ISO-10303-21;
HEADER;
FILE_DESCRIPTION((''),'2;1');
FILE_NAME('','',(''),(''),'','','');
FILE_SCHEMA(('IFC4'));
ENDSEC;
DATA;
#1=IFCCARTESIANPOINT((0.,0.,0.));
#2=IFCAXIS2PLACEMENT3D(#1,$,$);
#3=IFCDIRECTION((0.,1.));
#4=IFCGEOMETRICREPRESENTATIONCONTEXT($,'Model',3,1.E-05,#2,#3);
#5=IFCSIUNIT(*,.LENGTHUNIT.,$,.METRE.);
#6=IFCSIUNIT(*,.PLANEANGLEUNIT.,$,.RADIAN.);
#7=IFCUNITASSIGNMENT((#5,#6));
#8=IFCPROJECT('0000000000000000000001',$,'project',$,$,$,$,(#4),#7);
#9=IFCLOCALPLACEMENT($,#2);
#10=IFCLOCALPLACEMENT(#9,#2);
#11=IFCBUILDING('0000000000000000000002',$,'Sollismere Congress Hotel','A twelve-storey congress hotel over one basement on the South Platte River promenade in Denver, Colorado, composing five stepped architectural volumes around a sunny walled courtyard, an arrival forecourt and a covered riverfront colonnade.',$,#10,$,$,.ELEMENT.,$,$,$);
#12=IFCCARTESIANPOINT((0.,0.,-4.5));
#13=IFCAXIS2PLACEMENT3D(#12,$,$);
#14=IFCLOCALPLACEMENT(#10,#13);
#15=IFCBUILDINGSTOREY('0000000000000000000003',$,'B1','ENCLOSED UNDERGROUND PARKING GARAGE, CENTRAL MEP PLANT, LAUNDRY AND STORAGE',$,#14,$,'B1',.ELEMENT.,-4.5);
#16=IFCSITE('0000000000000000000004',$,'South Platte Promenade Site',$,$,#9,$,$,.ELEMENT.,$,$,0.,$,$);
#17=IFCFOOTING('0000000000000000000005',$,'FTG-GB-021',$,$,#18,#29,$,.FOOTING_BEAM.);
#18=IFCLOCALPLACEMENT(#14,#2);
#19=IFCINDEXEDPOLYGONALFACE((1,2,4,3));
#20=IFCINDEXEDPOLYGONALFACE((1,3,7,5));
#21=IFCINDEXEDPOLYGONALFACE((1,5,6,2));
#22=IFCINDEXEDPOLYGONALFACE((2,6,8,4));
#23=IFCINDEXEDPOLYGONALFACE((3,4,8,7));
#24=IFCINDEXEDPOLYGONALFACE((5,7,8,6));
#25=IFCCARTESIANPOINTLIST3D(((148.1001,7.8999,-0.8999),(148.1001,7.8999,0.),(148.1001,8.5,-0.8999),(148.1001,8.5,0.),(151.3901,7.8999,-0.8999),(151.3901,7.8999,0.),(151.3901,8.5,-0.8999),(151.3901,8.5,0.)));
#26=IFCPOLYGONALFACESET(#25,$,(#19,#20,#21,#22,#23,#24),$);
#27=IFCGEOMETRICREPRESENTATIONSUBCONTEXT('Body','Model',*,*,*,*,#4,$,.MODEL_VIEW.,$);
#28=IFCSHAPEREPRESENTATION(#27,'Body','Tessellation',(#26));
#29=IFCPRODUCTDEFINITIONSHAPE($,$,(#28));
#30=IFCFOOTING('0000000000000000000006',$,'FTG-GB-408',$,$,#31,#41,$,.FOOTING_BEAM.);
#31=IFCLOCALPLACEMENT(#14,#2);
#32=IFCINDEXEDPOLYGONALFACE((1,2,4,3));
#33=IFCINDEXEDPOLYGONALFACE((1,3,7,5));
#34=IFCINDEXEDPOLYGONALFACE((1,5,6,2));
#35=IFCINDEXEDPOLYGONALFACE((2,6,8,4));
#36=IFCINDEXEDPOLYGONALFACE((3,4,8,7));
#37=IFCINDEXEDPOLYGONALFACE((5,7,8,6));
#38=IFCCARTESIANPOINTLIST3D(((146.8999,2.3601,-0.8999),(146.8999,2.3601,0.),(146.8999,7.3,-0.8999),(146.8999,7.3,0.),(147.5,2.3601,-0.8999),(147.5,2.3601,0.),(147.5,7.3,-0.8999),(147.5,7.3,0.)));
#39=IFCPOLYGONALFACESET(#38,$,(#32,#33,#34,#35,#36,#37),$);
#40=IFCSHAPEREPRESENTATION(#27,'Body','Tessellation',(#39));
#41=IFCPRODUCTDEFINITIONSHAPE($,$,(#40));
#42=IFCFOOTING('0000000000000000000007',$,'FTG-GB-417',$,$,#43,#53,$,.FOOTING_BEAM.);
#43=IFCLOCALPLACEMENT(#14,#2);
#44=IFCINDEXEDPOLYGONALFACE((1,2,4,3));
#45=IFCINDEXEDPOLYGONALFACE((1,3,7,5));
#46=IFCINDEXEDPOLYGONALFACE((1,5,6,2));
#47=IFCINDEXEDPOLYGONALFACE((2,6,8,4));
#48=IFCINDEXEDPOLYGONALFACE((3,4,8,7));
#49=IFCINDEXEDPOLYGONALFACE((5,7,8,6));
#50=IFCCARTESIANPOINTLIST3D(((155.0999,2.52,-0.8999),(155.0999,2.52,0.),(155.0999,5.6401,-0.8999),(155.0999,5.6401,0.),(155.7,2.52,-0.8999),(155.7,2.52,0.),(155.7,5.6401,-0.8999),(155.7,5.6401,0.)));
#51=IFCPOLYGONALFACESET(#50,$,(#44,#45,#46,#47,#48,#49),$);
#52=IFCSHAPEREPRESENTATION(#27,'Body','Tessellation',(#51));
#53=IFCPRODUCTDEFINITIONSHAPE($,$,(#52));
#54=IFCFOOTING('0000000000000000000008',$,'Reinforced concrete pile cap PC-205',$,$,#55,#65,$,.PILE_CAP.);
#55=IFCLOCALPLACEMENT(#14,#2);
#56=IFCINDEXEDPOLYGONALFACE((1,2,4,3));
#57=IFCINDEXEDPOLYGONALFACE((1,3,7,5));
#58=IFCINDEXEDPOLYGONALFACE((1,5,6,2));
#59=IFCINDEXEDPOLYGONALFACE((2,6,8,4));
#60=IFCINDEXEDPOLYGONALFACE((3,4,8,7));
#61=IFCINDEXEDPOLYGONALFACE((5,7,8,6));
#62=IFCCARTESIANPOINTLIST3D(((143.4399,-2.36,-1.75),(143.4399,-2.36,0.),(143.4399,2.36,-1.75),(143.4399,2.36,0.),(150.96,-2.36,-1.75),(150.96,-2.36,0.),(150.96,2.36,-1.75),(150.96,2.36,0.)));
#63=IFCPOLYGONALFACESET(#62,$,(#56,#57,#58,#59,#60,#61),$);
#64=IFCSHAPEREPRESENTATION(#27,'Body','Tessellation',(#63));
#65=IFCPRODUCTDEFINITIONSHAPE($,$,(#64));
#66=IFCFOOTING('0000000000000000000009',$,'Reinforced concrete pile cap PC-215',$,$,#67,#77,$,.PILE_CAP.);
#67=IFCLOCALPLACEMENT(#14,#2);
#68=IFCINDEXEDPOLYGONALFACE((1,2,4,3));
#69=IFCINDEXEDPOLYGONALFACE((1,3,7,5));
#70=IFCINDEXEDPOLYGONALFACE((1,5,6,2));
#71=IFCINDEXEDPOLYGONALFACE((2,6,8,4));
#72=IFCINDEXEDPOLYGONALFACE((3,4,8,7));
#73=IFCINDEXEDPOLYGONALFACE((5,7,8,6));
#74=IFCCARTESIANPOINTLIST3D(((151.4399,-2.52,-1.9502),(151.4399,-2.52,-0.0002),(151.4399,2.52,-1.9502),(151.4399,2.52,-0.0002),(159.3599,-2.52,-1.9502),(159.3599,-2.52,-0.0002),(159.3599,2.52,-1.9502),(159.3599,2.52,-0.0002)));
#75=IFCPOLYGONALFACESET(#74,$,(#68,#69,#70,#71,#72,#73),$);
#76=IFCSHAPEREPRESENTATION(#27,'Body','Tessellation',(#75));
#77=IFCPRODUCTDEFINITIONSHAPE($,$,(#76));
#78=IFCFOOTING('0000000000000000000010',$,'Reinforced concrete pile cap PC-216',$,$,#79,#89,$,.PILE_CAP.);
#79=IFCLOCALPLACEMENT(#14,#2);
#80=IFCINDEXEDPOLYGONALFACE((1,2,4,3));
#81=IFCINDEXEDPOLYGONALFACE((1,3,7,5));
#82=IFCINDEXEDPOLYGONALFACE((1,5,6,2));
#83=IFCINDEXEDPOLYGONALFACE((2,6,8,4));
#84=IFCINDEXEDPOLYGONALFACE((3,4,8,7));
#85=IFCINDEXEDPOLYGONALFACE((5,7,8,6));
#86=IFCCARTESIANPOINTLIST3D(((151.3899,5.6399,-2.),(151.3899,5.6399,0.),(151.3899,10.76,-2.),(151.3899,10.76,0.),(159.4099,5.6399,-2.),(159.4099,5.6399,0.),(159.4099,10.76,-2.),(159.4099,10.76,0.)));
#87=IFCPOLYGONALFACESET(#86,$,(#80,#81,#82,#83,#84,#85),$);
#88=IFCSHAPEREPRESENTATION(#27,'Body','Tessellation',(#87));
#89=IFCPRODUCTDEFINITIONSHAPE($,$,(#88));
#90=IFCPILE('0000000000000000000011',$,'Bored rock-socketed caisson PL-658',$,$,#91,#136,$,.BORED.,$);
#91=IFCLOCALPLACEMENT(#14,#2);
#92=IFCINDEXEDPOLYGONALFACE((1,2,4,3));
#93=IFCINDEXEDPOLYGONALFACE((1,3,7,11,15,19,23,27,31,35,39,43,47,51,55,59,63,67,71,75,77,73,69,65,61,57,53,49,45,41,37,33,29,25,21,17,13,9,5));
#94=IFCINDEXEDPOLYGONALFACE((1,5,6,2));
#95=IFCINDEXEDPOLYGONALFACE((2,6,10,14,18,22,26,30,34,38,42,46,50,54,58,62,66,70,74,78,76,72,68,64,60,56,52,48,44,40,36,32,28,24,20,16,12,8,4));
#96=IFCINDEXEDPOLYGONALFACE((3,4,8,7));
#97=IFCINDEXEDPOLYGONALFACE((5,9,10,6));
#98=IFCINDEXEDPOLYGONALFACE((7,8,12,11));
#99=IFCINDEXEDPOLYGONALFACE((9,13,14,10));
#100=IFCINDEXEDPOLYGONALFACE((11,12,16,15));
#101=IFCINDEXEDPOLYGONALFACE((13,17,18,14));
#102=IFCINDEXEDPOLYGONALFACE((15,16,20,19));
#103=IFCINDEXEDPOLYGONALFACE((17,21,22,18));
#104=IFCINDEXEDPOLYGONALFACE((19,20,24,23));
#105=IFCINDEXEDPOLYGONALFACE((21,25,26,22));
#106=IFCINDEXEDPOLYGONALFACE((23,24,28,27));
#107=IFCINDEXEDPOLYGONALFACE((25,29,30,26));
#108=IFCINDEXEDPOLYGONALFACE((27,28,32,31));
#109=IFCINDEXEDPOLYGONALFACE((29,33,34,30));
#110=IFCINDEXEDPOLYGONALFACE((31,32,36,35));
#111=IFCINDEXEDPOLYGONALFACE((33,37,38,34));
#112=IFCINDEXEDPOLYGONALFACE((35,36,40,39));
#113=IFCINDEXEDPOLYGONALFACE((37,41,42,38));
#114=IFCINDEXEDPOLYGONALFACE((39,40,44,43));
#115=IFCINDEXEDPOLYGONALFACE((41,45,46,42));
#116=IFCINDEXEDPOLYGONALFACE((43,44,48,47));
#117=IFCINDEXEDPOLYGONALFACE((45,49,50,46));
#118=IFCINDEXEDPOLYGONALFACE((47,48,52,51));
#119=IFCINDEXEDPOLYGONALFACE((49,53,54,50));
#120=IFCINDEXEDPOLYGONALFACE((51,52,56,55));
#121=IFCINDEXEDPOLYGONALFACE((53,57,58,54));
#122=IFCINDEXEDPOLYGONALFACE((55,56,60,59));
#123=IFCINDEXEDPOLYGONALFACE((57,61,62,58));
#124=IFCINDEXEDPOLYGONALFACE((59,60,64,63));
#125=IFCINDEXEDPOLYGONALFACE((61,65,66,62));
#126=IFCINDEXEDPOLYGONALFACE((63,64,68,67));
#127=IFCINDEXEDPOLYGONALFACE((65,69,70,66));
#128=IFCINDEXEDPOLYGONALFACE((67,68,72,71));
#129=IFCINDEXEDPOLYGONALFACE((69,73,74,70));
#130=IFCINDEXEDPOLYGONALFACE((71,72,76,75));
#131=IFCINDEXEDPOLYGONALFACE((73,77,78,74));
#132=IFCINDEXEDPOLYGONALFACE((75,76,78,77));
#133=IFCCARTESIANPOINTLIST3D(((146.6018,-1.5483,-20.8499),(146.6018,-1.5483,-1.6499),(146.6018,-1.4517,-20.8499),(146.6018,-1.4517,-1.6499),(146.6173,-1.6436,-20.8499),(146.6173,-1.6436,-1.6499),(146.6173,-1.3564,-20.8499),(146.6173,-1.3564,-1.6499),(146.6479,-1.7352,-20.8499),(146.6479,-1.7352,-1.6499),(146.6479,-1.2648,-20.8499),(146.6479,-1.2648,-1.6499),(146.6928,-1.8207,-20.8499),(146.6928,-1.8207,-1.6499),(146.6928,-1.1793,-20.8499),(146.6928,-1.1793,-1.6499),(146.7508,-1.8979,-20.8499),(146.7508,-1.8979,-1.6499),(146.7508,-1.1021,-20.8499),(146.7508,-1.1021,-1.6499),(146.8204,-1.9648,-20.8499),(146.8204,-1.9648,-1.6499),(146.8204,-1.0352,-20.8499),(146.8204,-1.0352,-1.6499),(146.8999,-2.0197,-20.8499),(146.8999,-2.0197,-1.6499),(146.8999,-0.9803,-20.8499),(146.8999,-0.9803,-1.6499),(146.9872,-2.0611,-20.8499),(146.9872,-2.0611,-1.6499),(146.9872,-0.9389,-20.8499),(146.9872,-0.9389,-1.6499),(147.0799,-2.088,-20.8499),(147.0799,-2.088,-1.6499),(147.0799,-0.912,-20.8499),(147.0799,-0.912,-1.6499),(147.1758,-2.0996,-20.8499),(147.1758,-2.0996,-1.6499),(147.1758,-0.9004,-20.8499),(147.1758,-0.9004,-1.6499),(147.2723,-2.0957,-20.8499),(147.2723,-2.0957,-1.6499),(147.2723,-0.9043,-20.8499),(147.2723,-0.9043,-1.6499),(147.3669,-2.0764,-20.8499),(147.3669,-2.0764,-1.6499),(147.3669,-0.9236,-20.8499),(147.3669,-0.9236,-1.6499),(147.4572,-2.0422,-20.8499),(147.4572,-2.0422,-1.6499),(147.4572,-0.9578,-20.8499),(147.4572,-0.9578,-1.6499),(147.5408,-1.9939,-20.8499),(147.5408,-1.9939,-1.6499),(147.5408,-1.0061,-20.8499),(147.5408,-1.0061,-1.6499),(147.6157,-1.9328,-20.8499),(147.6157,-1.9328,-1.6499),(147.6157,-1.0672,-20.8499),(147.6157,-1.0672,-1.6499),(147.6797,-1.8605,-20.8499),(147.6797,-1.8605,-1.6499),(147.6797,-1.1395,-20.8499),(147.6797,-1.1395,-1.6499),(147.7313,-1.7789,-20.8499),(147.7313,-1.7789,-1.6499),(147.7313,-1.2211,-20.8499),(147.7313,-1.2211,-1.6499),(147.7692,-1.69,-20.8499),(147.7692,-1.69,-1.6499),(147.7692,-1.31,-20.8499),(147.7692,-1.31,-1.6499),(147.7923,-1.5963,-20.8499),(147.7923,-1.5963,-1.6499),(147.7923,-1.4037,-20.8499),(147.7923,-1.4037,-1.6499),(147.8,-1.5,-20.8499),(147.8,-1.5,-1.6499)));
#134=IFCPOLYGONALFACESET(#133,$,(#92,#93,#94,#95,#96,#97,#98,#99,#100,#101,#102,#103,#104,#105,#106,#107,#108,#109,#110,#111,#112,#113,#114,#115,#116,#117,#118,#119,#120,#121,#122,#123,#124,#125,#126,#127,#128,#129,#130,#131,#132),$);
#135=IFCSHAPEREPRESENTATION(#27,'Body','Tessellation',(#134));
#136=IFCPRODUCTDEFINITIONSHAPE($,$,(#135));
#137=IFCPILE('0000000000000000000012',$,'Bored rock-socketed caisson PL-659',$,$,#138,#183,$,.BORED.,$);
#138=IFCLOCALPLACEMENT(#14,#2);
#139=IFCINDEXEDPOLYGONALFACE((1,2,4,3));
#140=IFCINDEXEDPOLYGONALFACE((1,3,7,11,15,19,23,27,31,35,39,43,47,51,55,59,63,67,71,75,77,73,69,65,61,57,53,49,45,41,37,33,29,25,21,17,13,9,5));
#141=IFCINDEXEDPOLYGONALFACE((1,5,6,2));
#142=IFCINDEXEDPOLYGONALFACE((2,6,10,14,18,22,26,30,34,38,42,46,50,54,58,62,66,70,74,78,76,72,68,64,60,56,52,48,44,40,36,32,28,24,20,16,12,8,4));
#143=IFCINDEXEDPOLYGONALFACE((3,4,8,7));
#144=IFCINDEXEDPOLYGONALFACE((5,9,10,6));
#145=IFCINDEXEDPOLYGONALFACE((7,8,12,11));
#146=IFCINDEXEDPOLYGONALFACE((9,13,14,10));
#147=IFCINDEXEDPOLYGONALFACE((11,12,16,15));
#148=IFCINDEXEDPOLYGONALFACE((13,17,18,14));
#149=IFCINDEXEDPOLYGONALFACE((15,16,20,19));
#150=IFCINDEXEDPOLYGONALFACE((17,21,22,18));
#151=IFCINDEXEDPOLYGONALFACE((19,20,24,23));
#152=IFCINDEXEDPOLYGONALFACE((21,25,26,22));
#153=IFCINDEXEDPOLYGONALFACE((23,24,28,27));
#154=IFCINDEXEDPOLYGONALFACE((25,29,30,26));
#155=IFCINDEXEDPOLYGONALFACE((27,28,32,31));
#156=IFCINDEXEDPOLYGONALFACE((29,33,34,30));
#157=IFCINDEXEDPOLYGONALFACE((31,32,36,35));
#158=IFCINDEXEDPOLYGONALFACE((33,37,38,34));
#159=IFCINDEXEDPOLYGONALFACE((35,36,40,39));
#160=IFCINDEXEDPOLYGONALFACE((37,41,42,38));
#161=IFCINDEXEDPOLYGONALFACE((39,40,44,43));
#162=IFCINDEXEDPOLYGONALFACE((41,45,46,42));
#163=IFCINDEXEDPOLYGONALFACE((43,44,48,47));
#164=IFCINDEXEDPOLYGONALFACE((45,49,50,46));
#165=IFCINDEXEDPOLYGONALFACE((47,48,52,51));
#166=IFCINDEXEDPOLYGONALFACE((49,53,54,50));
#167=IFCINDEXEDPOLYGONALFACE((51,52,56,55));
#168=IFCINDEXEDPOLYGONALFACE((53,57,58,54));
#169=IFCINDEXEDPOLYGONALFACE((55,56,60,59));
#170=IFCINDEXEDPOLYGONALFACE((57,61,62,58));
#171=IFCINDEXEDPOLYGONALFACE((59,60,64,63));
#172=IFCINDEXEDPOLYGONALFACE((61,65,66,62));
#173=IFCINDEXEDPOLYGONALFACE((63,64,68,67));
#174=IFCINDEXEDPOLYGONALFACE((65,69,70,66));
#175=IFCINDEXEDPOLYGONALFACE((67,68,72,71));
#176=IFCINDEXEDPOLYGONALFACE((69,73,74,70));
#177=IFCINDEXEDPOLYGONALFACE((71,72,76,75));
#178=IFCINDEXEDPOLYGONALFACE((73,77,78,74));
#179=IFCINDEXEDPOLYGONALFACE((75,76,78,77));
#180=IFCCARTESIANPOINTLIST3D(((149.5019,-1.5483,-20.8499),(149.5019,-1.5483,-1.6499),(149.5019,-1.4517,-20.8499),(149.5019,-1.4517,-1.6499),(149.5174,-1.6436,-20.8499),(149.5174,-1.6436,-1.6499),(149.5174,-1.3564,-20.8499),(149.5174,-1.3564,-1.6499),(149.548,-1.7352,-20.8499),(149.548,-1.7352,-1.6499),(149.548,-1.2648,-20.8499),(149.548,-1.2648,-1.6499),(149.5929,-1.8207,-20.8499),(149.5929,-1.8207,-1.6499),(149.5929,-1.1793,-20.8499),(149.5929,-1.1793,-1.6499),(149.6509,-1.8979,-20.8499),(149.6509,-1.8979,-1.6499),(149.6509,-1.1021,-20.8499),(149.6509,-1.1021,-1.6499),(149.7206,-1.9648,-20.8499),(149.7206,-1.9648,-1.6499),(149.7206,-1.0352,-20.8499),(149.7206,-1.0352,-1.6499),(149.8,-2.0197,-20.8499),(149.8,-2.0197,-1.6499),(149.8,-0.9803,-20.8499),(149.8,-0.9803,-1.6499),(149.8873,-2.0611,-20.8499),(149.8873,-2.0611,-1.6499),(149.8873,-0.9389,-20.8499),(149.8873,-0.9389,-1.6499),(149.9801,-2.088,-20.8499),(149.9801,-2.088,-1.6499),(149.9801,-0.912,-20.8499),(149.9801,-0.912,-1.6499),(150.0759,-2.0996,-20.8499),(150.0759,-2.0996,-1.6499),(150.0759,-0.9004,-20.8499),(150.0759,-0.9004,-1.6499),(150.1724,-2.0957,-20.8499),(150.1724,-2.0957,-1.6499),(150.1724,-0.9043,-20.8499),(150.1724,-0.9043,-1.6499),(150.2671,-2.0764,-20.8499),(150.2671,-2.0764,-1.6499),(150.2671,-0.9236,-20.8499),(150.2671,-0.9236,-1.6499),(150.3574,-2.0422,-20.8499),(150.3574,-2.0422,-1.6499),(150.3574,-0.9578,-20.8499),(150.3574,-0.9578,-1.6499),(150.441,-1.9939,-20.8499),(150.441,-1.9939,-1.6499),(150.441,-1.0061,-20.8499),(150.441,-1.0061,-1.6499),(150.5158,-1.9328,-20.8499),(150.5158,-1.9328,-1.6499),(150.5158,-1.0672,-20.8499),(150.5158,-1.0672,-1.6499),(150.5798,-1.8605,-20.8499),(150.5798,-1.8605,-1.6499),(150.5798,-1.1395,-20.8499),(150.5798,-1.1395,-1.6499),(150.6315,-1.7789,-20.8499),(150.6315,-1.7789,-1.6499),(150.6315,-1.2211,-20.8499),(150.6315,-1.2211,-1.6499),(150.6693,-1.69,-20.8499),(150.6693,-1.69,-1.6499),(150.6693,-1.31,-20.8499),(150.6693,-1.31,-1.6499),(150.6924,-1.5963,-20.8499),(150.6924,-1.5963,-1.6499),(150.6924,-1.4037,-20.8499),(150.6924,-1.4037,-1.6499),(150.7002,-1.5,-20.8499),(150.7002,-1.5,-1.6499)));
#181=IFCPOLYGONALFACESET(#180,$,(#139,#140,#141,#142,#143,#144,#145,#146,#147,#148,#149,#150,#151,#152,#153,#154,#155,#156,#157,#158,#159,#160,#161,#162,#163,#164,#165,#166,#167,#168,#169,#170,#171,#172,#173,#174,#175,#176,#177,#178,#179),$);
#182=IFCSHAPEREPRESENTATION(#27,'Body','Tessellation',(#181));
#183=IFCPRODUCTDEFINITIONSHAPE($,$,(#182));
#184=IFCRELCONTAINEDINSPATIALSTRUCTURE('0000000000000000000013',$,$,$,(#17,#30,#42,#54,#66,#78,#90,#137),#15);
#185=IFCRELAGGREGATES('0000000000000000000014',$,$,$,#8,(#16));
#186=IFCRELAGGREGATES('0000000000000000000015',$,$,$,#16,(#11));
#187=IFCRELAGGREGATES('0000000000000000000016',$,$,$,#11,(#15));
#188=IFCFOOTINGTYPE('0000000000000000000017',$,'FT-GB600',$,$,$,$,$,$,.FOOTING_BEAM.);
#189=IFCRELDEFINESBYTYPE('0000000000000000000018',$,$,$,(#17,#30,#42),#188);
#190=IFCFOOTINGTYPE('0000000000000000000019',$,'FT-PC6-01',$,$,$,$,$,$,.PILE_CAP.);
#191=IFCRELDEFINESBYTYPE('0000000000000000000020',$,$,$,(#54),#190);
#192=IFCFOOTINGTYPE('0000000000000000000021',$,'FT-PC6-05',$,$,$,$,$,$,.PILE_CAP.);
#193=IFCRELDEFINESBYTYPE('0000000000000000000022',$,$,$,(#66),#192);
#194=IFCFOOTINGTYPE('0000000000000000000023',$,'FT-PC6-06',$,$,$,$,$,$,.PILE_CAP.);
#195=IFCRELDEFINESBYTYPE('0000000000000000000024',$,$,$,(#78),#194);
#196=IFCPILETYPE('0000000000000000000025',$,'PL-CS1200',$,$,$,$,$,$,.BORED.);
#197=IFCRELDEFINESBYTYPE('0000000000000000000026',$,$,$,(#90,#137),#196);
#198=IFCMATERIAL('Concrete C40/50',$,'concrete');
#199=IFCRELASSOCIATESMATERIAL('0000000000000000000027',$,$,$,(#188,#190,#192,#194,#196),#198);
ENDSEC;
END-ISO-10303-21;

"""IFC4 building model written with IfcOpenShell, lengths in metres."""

from ifc_helpers import new_model, si_unit, direction, frame, origin, origin_2d, place, context, subcontext, project, spatial, rectangle, circle, extrude, material, material_profile, profile_set, type_object, element, save


model = new_model("IFC4")

# Units and contexts
model_context = context("Model", 3, precision=1e-05, world=origin(), true_north=direction((0.0, 1.0)))
body_context = subcontext(model_context, "Body", "Model", "MODEL_VIEW")
ifc_project = project(units=[si_unit("LENGTHUNIT", "METRE"), si_unit("PLANEANGLEUNIT", "RADIAN")], contexts=[model_context])

# Site, building, storey
site_placement = place(None, origin())
site = spatial("IfcSite", under=ifc_project, at=site_placement, Name="South Platte Promenade Site", CompositionType="ELEMENT", RefElevation=0.0)
building_placement = place(site_placement, origin())
building = spatial("IfcBuilding", under=site, at=building_placement, Name="Sollismere Congress Hotel", Description="A twelve-storey congress hotel over one basement on the South Platte River promenade in Denver, Colorado, composing five stepped architectural volumes around a sunny walled courtyard, an arrival forecourt and a covered riverfront colonnade.", CompositionType="ELEMENT")
storey_placement = place(building_placement, frame((0.0, 0.0, -4.5)))
storey = spatial("IfcBuildingStorey", under=building, at=storey_placement, Name="B1", Description="ENCLOSED UNDERGROUND PARKING GARAGE, CENTRAL MEP PLANT, LAUNDRY AND STORAGE", LongName="B1", CompositionType="ELEMENT", Elevation=-4.5)

# Footings
ifc_material_1 = material(Name="Concrete C40/50", Category="concrete")
footing_type_1 = type_object("IfcFootingType", Name="FT-GB600", PredefinedType="FOOTING_BEAM", material=ifc_material_1)
footing_1_placement = place(storey_placement, frame((149.7451, 8.2, -0.8999), z_axis=(0.0, 0.0, 1.0), x_axis=(1.0, 0.0, 0.0)))
element("IfcFooting", 1, at=footing_1_placement, inside=storey, type_object=footing_type_1, Name="FTG-GB-021", PredefinedType="FOOTING_BEAM", context=body_context, shape_type="SweptSolid", body=[
    extrude(rectangle(XDim=3.29, YDim=0.6001, at=origin_2d()), origin(), (0.0, 0.0, 1.0), 0.8999),
])
footing_2_placement = place(storey_placement, frame((147.2, 4.8301, -0.8999), z_axis=(0.0, 0.0, 1.0), x_axis=(0.0, 1.0, 0.0)))
element("IfcFooting", 2, at=footing_2_placement, inside=storey, type_object=footing_type_1, Name="FTG-GB-408", PredefinedType="FOOTING_BEAM", context=body_context, shape_type="SweptSolid", body=[
    extrude(rectangle(XDim=4.9399, YDim=0.6001, at=origin_2d()), origin(), (0.0, 0.0, 1.0), 0.8999),
])
footing_3_placement = place(storey_placement, frame((155.3999, 4.0801, -0.8999), z_axis=(0.0, 0.0, 1.0), x_axis=(0.0, 1.0, 0.0)))
element("IfcFooting", 3, at=footing_3_placement, inside=storey, type_object=footing_type_1, Name="FTG-GB-417", PredefinedType="FOOTING_BEAM", context=body_context, shape_type="SweptSolid", body=[
    extrude(rectangle(XDim=3.1201, YDim=0.6001, at=origin_2d()), origin(), (0.0, 0.0, 1.0), 0.8999),
])
footing_type_2 = type_object("IfcFootingType", Name="FT-PC6-01", PredefinedType="PILE_CAP", material=ifc_material_1)
footing_4_placement = place(storey_placement, frame((147.2, 0.0, -1.75), z_axis=(0.0, 0.0, 1.0), x_axis=(1.0, 0.0, 0.0)))
element("IfcFooting", 4, at=footing_4_placement, inside=storey, type_object=footing_type_2, Name="Reinforced concrete pile cap PC-205", PredefinedType="PILE_CAP", context=body_context, shape_type="SweptSolid", body=[
    extrude(rectangle(XDim=7.52, YDim=4.72, at=origin_2d()), origin(), (0.0, 0.0, 1.0), 1.75),
])
footing_type_3 = type_object("IfcFootingType", Name="FT-PC6-05", PredefinedType="PILE_CAP", material=ifc_material_1)
footing_5_placement = place(storey_placement, frame((155.3999, 0.0, -1.9502), z_axis=(0.0, 0.0, 1.0), x_axis=(1.0, 0.0, 0.0)))
element("IfcFooting", 5, at=footing_5_placement, inside=storey, type_object=footing_type_3, Name="Reinforced concrete pile cap PC-215", PredefinedType="PILE_CAP", context=body_context, shape_type="SweptSolid", body=[
    extrude(rectangle(XDim=7.9199, YDim=5.04, at=origin_2d()), origin(), (0.0, 0.0, 1.0), 1.95),
])
footing_type_4 = type_object("IfcFootingType", Name="FT-PC6-06", PredefinedType="PILE_CAP", material=ifc_material_1)
footing_6_placement = place(storey_placement, frame((155.3999, 8.2, -2.0), z_axis=(0.0, 0.0, 1.0), x_axis=(1.0, 0.0, 0.0)))
element("IfcFooting", 6, at=footing_6_placement, inside=storey, type_object=footing_type_4, Name="Reinforced concrete pile cap PC-216", PredefinedType="PILE_CAP", context=body_context, shape_type="SweptSolid", body=[
    extrude(rectangle(XDim=8.02, YDim=5.1201, at=origin_2d()), origin(), (0.0, 0.0, 1.0), 2.0),
])

# Piles
ifc_material_profile_1 = material_profile(ifc_material_1, circle(Radius=0.6001, at=origin_2d()), Name="CAISSON1200")
ifc_profile_set_1 = profile_set([ifc_material_profile_1], Name="Concrete C40/50")
pile_type = type_object("IfcPileType", Name="PL-CS1200", PredefinedType="BORED", material=ifc_profile_set_1)
for number, where, z_axis, x_axis, name in (
    (7, (147.2, -1.5, -1.6499), (0.0, 0.0, -1.0), (1.0, 0.0, 0.0), "Bored rock-socketed caisson PL-658"),
    (8, (150.1001, -1.5, -1.6499), (0.0, 0.0, -1.0), (1.0, 0.0, 0.0), "Bored rock-socketed caisson PL-659"),
):
    element("IfcPile", number, at=place(storey_placement, frame(where, z_axis=z_axis, x_axis=x_axis)), inside=storey, type_object=pile_type, Name=name, PredefinedType="BORED", context=body_context, shape_type="SweptSolid", body=[
        extrude(circle(Radius=0.6001, at=origin_2d()), origin(), (0.0, 0.0, 1.0), 19.2),
    ])

save(model, "model.ifc")
